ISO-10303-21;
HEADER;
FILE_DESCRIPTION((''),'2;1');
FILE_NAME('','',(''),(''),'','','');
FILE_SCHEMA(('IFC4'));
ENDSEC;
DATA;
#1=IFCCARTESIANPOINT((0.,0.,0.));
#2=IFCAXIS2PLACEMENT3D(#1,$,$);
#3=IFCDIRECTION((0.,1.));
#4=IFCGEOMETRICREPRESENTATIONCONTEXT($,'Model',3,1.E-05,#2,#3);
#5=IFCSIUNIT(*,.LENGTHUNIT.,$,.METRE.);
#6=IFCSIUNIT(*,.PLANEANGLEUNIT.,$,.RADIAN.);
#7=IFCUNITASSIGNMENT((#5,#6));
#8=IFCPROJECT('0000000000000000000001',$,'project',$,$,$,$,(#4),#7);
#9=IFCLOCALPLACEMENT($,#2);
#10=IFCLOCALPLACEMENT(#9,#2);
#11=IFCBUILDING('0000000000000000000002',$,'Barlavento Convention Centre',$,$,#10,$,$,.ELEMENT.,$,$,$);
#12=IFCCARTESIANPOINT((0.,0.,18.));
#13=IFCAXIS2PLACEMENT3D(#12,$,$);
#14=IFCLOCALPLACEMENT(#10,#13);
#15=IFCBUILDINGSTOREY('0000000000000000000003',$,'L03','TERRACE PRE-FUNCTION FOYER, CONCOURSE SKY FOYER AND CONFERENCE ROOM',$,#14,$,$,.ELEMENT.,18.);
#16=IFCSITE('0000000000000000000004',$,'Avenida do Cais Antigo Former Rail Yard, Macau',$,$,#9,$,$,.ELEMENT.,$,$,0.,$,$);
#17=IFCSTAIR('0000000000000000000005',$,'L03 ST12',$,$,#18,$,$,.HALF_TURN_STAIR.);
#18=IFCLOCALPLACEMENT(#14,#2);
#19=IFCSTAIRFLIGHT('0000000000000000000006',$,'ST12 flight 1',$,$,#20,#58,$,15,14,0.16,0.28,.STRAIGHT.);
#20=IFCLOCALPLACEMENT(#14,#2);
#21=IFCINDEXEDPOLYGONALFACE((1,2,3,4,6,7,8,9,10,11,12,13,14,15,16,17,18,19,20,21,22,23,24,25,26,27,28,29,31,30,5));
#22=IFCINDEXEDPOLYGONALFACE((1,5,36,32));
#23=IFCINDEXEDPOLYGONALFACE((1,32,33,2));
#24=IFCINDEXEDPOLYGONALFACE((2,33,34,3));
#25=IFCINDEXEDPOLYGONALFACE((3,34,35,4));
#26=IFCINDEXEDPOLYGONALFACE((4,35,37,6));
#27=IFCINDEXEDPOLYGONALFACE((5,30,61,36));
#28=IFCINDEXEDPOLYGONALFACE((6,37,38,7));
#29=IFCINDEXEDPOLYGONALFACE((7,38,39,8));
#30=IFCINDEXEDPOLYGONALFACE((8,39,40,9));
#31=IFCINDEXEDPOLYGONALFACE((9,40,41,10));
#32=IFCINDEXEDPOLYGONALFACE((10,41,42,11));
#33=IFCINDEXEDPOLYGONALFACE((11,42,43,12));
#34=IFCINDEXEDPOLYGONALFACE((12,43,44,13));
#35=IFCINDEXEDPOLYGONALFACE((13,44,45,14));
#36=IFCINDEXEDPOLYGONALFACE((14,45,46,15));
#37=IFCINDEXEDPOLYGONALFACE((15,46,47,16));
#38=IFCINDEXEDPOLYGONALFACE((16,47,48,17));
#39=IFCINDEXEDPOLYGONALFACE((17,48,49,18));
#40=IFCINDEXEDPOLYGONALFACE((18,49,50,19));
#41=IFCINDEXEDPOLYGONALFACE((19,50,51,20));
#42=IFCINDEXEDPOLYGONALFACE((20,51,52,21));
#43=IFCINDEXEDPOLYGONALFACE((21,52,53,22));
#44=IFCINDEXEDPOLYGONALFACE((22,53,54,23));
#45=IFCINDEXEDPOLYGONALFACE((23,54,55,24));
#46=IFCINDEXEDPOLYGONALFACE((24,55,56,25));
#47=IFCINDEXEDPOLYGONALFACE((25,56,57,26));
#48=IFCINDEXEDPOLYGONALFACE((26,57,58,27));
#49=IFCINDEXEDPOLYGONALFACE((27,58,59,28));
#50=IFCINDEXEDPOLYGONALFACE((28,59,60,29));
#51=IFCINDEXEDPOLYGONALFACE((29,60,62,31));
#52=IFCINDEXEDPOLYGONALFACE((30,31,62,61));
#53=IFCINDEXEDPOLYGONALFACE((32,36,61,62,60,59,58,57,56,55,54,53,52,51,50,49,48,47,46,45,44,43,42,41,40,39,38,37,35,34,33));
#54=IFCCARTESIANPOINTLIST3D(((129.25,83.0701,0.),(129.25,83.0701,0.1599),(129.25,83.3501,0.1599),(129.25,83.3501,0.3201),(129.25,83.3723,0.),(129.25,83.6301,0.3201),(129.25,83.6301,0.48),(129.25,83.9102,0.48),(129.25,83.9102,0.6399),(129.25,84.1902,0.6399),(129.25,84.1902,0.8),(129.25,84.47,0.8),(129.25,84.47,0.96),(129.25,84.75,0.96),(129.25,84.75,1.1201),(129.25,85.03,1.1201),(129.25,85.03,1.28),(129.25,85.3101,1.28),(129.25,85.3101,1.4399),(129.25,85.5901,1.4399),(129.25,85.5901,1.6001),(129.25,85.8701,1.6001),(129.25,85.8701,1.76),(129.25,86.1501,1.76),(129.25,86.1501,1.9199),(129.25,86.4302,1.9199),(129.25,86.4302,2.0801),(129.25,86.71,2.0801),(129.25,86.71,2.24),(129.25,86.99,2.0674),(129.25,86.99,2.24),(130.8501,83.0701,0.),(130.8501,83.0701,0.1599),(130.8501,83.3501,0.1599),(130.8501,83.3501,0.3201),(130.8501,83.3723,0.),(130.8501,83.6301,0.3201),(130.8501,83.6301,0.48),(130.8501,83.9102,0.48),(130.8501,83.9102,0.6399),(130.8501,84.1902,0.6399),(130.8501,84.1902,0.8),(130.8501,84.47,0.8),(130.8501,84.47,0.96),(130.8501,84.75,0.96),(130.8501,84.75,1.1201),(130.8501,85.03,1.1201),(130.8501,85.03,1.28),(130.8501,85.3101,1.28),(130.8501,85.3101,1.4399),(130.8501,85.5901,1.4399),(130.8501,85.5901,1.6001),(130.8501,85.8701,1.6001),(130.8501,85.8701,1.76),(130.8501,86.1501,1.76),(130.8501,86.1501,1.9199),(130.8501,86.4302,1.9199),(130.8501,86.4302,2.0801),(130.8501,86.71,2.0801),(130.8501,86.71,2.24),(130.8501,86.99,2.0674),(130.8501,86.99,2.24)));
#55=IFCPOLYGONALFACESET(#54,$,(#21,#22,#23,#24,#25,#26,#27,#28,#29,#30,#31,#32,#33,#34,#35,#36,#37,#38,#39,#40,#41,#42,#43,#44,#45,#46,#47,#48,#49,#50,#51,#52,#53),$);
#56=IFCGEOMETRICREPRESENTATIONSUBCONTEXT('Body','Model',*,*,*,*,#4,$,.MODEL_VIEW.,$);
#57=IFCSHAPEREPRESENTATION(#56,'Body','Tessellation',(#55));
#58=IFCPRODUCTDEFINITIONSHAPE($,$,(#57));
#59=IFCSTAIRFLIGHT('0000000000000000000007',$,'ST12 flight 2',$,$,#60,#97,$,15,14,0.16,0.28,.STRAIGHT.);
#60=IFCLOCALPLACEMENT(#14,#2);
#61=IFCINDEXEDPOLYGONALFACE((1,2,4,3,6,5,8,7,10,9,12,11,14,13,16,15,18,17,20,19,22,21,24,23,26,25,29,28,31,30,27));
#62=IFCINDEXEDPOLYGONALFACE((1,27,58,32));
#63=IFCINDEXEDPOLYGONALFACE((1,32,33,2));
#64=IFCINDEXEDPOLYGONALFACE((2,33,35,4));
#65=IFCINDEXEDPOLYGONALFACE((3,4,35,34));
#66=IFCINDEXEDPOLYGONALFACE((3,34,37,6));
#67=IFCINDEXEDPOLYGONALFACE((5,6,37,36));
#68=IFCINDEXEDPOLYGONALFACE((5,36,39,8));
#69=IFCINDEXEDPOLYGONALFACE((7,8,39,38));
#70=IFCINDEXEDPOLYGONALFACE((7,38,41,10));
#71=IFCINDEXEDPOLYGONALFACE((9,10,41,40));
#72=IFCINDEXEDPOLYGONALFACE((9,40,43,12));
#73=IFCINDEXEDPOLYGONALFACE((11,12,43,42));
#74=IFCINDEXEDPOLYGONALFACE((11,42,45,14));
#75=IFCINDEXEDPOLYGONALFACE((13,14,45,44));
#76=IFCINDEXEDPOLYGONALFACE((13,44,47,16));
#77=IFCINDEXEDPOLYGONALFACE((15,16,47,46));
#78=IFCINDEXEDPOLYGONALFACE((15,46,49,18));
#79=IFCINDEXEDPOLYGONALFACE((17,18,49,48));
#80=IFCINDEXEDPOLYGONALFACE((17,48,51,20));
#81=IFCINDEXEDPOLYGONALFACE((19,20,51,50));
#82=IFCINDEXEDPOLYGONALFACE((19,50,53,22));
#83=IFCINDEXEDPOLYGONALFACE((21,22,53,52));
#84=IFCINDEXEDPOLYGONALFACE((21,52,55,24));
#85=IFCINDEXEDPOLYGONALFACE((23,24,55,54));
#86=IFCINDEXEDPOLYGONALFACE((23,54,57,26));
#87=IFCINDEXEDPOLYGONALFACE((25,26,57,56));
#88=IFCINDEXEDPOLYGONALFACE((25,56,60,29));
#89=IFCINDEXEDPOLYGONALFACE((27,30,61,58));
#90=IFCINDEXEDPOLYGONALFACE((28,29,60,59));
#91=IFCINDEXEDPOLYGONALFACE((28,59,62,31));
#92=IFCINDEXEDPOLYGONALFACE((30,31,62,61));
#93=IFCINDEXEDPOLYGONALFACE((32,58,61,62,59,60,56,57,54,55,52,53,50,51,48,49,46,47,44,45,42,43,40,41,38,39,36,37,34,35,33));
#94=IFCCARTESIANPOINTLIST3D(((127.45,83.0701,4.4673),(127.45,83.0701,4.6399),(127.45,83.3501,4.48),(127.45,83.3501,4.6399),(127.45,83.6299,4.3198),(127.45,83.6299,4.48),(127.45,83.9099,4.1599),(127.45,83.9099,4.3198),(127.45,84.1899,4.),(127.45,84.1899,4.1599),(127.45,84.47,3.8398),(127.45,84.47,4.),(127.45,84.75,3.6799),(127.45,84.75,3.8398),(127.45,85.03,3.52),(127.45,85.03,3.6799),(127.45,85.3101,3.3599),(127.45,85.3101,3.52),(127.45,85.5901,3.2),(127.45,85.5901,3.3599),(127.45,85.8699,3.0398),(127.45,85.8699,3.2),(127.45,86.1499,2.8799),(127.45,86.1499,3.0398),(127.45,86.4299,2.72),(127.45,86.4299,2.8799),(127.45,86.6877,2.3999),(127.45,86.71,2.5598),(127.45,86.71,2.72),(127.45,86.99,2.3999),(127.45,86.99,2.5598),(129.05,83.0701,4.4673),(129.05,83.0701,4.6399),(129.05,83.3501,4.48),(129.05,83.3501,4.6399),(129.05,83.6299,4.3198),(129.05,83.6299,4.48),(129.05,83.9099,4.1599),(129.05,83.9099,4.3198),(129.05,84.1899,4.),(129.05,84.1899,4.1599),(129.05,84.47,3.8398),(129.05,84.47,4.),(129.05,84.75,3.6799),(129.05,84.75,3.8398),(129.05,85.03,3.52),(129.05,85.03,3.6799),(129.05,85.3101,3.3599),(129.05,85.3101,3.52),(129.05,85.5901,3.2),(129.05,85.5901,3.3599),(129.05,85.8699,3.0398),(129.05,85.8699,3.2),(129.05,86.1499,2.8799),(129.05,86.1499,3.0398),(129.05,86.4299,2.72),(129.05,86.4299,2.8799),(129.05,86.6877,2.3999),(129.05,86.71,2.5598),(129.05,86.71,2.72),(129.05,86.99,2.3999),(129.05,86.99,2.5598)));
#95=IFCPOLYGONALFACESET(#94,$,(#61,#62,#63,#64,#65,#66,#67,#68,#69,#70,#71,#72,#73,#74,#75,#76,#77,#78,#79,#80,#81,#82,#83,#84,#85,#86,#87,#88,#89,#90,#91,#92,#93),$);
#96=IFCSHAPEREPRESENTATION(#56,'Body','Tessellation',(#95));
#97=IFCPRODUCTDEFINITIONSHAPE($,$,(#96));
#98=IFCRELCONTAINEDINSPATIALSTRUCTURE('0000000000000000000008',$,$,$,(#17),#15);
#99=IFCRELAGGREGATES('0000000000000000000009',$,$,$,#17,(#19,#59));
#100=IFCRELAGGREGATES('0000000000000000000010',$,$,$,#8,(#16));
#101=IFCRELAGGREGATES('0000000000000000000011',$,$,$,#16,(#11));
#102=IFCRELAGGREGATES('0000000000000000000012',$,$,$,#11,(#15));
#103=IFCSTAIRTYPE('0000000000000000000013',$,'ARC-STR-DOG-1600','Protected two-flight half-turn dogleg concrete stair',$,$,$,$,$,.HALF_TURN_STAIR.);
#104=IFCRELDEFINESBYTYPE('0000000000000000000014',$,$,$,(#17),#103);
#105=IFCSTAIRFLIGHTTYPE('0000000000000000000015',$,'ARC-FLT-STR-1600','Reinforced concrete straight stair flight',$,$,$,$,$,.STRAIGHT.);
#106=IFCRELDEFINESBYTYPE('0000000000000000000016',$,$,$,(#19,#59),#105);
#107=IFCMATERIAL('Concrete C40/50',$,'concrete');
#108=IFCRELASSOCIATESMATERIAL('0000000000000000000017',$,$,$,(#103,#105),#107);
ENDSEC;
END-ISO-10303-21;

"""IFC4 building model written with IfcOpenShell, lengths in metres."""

from ifc_helpers import new_model, si_unit, direction, frame, origin, place, context, subcontext, project, spatial, polyline, outline, extrude, material, type_object, element, aggregate, save


model = new_model("IFC4")

# Units and contexts
model_context = context("Model", 3, precision=1e-05, world=origin(), true_north=direction((0.0, 1.0)))
body_context = subcontext(model_context, "Body", "Model", "MODEL_VIEW")
ifc_project = project(units=[si_unit("LENGTHUNIT", "METRE"), si_unit("PLANEANGLEUNIT", "RADIAN")], contexts=[model_context])

# Site, building, storey
site_placement = place(None, origin())
site = spatial("IfcSite", under=ifc_project, at=site_placement, Name="Avenida do Cais Antigo Former Rail Yard, Macau", CompositionType="ELEMENT", RefElevation=0.0)
building_placement = place(site_placement, origin())
building = spatial("IfcBuilding", under=site, at=building_placement, Name="Barlavento Convention Centre", CompositionType="ELEMENT")
storey_placement = place(building_placement, frame((0.0, 0.0, 18.0)))
storey = spatial("IfcBuildingStorey", under=building, at=storey_placement, Name="L03", Description="TERRACE PRE-FUNCTION FOYER, CONCOURSE SKY FOYER AND CONFERENCE ROOM", CompositionType="ELEMENT", Elevation=18.0)

# Stair, stair flights
ifc_material_1 = material(Name="Concrete C40/50", Category="concrete")
stair_type = type_object("IfcStairType", Name="ARC-STR-DOG-1600", Description="Protected two-flight half-turn dogleg concrete stair", PredefinedType="HALF_TURN_STAIR", material=ifc_material_1)
stair_placement = place(storey_placement, origin())
stair = element("IfcStair", 1, at=stair_placement, inside=storey, type_object=stair_type, Name="L03 ST12", PredefinedType="HALF_TURN_STAIR")
stair_flight_type = type_object("IfcStairFlightType", Name="ARC-FLT-STR-1600", Description="Reinforced concrete straight stair flight", PredefinedType="STRAIGHT", material=ifc_material_1)
stair_flight_1_placement = place(storey_placement, frame((130.05, 83.0701, 0.0), z_axis=(0.0, 0.0, 1.0), x_axis=(0.0, 1.0, 0.0)))
stair_flight_1 = element("IfcStairFlight", 2, at=stair_flight_1_placement, type_object=stair_flight_type, Name="ST12 flight 1", NumberOfRisers=15, NumberOfTreads=14, PredefinedType="STRAIGHT", RiserHeight=0.16, TreadLength=0.28, context=body_context, shape_type="SweptSolid", body=[
    extrude(outline(polyline([(0.0, 0.0), (0.0, 0.1599), (0.28, 0.1599), (0.28, 0.3201), (0.5601, 0.3201), (0.5601, 0.48), (0.8401, 0.48), (0.8401, 0.6399), (1.1201, 0.6399), (1.1201, 0.8), (1.3999, 0.8), (1.3999, 0.96), (1.6799, 0.96), (1.6799, 1.1201), (1.96, 1.1201), (1.96, 1.28), (2.24, 1.28), (2.24, 1.4399), (2.52, 1.4399), (2.52, 1.6001), (2.8, 1.6001), (2.8, 1.76), (3.0801, 1.76), (3.0801, 1.9199), (3.3601, 1.9199), (3.3601, 2.0801), (3.6399, 2.0801), (3.6399, 2.24), (3.9199, 2.24), (3.9199, 2.3999), (3.9199, 2.0674), (0.3022, 0.0), (0.0, 0.0)])), frame((0.0, 0.8, 0.0), z_axis=(0.0, -1.0, 0.0), x_axis=(1.0, 0.0, 0.0)), (0.0, 0.0, 1.0), 1.6001),
])
stair_flight_2_placement = place(storey_placement, frame((128.25, 86.99, 2.3999), z_axis=(0.0, 0.0, 1.0), x_axis=(0.0, -1.0, 0.0)))
stair_flight_2 = element("IfcStairFlight", 3, at=stair_flight_2_placement, type_object=stair_flight_type, Name="ST12 flight 2", NumberOfRisers=15, NumberOfTreads=14, PredefinedType="STRAIGHT", RiserHeight=0.16, TreadLength=0.28, context=body_context, shape_type="SweptSolid", body=[
    extrude(outline(polyline([(0.0, 0.0), (0.0, 0.1599), (0.28, 0.1599), (0.28, 0.3201), (0.5601, 0.3201), (0.5601, 0.48), (0.8401, 0.48), (0.8401, 0.6399), (1.1201, 0.6399), (1.1201, 0.8), (1.3999, 0.8), (1.3999, 0.96), (1.6799, 0.96), (1.6799, 1.1201), (1.96, 1.1201), (1.96, 1.28), (2.24, 1.28), (2.24, 1.4399), (2.52, 1.4399), (2.52, 1.6001), (2.8, 1.6001), (2.8, 1.76), (3.0801, 1.76), (3.0801, 1.9199), (3.3601, 1.9199), (3.3601, 2.0801), (3.6399, 2.0801), (3.6399, 2.24), (3.9199, 2.24), (3.9199, 2.3999), (3.9199, 2.0674), (0.3022, 0.0), (0.0, 0.0)])), frame((0.0, 0.8, 0.0), z_axis=(0.0, -1.0, 0.0), x_axis=(1.0, 0.0, 0.0)), (0.0, 0.0, 1.0), 1.6001),
])
aggregate(stair, [stair_flight_1, stair_flight_2])

save(model, "model.ifc")
